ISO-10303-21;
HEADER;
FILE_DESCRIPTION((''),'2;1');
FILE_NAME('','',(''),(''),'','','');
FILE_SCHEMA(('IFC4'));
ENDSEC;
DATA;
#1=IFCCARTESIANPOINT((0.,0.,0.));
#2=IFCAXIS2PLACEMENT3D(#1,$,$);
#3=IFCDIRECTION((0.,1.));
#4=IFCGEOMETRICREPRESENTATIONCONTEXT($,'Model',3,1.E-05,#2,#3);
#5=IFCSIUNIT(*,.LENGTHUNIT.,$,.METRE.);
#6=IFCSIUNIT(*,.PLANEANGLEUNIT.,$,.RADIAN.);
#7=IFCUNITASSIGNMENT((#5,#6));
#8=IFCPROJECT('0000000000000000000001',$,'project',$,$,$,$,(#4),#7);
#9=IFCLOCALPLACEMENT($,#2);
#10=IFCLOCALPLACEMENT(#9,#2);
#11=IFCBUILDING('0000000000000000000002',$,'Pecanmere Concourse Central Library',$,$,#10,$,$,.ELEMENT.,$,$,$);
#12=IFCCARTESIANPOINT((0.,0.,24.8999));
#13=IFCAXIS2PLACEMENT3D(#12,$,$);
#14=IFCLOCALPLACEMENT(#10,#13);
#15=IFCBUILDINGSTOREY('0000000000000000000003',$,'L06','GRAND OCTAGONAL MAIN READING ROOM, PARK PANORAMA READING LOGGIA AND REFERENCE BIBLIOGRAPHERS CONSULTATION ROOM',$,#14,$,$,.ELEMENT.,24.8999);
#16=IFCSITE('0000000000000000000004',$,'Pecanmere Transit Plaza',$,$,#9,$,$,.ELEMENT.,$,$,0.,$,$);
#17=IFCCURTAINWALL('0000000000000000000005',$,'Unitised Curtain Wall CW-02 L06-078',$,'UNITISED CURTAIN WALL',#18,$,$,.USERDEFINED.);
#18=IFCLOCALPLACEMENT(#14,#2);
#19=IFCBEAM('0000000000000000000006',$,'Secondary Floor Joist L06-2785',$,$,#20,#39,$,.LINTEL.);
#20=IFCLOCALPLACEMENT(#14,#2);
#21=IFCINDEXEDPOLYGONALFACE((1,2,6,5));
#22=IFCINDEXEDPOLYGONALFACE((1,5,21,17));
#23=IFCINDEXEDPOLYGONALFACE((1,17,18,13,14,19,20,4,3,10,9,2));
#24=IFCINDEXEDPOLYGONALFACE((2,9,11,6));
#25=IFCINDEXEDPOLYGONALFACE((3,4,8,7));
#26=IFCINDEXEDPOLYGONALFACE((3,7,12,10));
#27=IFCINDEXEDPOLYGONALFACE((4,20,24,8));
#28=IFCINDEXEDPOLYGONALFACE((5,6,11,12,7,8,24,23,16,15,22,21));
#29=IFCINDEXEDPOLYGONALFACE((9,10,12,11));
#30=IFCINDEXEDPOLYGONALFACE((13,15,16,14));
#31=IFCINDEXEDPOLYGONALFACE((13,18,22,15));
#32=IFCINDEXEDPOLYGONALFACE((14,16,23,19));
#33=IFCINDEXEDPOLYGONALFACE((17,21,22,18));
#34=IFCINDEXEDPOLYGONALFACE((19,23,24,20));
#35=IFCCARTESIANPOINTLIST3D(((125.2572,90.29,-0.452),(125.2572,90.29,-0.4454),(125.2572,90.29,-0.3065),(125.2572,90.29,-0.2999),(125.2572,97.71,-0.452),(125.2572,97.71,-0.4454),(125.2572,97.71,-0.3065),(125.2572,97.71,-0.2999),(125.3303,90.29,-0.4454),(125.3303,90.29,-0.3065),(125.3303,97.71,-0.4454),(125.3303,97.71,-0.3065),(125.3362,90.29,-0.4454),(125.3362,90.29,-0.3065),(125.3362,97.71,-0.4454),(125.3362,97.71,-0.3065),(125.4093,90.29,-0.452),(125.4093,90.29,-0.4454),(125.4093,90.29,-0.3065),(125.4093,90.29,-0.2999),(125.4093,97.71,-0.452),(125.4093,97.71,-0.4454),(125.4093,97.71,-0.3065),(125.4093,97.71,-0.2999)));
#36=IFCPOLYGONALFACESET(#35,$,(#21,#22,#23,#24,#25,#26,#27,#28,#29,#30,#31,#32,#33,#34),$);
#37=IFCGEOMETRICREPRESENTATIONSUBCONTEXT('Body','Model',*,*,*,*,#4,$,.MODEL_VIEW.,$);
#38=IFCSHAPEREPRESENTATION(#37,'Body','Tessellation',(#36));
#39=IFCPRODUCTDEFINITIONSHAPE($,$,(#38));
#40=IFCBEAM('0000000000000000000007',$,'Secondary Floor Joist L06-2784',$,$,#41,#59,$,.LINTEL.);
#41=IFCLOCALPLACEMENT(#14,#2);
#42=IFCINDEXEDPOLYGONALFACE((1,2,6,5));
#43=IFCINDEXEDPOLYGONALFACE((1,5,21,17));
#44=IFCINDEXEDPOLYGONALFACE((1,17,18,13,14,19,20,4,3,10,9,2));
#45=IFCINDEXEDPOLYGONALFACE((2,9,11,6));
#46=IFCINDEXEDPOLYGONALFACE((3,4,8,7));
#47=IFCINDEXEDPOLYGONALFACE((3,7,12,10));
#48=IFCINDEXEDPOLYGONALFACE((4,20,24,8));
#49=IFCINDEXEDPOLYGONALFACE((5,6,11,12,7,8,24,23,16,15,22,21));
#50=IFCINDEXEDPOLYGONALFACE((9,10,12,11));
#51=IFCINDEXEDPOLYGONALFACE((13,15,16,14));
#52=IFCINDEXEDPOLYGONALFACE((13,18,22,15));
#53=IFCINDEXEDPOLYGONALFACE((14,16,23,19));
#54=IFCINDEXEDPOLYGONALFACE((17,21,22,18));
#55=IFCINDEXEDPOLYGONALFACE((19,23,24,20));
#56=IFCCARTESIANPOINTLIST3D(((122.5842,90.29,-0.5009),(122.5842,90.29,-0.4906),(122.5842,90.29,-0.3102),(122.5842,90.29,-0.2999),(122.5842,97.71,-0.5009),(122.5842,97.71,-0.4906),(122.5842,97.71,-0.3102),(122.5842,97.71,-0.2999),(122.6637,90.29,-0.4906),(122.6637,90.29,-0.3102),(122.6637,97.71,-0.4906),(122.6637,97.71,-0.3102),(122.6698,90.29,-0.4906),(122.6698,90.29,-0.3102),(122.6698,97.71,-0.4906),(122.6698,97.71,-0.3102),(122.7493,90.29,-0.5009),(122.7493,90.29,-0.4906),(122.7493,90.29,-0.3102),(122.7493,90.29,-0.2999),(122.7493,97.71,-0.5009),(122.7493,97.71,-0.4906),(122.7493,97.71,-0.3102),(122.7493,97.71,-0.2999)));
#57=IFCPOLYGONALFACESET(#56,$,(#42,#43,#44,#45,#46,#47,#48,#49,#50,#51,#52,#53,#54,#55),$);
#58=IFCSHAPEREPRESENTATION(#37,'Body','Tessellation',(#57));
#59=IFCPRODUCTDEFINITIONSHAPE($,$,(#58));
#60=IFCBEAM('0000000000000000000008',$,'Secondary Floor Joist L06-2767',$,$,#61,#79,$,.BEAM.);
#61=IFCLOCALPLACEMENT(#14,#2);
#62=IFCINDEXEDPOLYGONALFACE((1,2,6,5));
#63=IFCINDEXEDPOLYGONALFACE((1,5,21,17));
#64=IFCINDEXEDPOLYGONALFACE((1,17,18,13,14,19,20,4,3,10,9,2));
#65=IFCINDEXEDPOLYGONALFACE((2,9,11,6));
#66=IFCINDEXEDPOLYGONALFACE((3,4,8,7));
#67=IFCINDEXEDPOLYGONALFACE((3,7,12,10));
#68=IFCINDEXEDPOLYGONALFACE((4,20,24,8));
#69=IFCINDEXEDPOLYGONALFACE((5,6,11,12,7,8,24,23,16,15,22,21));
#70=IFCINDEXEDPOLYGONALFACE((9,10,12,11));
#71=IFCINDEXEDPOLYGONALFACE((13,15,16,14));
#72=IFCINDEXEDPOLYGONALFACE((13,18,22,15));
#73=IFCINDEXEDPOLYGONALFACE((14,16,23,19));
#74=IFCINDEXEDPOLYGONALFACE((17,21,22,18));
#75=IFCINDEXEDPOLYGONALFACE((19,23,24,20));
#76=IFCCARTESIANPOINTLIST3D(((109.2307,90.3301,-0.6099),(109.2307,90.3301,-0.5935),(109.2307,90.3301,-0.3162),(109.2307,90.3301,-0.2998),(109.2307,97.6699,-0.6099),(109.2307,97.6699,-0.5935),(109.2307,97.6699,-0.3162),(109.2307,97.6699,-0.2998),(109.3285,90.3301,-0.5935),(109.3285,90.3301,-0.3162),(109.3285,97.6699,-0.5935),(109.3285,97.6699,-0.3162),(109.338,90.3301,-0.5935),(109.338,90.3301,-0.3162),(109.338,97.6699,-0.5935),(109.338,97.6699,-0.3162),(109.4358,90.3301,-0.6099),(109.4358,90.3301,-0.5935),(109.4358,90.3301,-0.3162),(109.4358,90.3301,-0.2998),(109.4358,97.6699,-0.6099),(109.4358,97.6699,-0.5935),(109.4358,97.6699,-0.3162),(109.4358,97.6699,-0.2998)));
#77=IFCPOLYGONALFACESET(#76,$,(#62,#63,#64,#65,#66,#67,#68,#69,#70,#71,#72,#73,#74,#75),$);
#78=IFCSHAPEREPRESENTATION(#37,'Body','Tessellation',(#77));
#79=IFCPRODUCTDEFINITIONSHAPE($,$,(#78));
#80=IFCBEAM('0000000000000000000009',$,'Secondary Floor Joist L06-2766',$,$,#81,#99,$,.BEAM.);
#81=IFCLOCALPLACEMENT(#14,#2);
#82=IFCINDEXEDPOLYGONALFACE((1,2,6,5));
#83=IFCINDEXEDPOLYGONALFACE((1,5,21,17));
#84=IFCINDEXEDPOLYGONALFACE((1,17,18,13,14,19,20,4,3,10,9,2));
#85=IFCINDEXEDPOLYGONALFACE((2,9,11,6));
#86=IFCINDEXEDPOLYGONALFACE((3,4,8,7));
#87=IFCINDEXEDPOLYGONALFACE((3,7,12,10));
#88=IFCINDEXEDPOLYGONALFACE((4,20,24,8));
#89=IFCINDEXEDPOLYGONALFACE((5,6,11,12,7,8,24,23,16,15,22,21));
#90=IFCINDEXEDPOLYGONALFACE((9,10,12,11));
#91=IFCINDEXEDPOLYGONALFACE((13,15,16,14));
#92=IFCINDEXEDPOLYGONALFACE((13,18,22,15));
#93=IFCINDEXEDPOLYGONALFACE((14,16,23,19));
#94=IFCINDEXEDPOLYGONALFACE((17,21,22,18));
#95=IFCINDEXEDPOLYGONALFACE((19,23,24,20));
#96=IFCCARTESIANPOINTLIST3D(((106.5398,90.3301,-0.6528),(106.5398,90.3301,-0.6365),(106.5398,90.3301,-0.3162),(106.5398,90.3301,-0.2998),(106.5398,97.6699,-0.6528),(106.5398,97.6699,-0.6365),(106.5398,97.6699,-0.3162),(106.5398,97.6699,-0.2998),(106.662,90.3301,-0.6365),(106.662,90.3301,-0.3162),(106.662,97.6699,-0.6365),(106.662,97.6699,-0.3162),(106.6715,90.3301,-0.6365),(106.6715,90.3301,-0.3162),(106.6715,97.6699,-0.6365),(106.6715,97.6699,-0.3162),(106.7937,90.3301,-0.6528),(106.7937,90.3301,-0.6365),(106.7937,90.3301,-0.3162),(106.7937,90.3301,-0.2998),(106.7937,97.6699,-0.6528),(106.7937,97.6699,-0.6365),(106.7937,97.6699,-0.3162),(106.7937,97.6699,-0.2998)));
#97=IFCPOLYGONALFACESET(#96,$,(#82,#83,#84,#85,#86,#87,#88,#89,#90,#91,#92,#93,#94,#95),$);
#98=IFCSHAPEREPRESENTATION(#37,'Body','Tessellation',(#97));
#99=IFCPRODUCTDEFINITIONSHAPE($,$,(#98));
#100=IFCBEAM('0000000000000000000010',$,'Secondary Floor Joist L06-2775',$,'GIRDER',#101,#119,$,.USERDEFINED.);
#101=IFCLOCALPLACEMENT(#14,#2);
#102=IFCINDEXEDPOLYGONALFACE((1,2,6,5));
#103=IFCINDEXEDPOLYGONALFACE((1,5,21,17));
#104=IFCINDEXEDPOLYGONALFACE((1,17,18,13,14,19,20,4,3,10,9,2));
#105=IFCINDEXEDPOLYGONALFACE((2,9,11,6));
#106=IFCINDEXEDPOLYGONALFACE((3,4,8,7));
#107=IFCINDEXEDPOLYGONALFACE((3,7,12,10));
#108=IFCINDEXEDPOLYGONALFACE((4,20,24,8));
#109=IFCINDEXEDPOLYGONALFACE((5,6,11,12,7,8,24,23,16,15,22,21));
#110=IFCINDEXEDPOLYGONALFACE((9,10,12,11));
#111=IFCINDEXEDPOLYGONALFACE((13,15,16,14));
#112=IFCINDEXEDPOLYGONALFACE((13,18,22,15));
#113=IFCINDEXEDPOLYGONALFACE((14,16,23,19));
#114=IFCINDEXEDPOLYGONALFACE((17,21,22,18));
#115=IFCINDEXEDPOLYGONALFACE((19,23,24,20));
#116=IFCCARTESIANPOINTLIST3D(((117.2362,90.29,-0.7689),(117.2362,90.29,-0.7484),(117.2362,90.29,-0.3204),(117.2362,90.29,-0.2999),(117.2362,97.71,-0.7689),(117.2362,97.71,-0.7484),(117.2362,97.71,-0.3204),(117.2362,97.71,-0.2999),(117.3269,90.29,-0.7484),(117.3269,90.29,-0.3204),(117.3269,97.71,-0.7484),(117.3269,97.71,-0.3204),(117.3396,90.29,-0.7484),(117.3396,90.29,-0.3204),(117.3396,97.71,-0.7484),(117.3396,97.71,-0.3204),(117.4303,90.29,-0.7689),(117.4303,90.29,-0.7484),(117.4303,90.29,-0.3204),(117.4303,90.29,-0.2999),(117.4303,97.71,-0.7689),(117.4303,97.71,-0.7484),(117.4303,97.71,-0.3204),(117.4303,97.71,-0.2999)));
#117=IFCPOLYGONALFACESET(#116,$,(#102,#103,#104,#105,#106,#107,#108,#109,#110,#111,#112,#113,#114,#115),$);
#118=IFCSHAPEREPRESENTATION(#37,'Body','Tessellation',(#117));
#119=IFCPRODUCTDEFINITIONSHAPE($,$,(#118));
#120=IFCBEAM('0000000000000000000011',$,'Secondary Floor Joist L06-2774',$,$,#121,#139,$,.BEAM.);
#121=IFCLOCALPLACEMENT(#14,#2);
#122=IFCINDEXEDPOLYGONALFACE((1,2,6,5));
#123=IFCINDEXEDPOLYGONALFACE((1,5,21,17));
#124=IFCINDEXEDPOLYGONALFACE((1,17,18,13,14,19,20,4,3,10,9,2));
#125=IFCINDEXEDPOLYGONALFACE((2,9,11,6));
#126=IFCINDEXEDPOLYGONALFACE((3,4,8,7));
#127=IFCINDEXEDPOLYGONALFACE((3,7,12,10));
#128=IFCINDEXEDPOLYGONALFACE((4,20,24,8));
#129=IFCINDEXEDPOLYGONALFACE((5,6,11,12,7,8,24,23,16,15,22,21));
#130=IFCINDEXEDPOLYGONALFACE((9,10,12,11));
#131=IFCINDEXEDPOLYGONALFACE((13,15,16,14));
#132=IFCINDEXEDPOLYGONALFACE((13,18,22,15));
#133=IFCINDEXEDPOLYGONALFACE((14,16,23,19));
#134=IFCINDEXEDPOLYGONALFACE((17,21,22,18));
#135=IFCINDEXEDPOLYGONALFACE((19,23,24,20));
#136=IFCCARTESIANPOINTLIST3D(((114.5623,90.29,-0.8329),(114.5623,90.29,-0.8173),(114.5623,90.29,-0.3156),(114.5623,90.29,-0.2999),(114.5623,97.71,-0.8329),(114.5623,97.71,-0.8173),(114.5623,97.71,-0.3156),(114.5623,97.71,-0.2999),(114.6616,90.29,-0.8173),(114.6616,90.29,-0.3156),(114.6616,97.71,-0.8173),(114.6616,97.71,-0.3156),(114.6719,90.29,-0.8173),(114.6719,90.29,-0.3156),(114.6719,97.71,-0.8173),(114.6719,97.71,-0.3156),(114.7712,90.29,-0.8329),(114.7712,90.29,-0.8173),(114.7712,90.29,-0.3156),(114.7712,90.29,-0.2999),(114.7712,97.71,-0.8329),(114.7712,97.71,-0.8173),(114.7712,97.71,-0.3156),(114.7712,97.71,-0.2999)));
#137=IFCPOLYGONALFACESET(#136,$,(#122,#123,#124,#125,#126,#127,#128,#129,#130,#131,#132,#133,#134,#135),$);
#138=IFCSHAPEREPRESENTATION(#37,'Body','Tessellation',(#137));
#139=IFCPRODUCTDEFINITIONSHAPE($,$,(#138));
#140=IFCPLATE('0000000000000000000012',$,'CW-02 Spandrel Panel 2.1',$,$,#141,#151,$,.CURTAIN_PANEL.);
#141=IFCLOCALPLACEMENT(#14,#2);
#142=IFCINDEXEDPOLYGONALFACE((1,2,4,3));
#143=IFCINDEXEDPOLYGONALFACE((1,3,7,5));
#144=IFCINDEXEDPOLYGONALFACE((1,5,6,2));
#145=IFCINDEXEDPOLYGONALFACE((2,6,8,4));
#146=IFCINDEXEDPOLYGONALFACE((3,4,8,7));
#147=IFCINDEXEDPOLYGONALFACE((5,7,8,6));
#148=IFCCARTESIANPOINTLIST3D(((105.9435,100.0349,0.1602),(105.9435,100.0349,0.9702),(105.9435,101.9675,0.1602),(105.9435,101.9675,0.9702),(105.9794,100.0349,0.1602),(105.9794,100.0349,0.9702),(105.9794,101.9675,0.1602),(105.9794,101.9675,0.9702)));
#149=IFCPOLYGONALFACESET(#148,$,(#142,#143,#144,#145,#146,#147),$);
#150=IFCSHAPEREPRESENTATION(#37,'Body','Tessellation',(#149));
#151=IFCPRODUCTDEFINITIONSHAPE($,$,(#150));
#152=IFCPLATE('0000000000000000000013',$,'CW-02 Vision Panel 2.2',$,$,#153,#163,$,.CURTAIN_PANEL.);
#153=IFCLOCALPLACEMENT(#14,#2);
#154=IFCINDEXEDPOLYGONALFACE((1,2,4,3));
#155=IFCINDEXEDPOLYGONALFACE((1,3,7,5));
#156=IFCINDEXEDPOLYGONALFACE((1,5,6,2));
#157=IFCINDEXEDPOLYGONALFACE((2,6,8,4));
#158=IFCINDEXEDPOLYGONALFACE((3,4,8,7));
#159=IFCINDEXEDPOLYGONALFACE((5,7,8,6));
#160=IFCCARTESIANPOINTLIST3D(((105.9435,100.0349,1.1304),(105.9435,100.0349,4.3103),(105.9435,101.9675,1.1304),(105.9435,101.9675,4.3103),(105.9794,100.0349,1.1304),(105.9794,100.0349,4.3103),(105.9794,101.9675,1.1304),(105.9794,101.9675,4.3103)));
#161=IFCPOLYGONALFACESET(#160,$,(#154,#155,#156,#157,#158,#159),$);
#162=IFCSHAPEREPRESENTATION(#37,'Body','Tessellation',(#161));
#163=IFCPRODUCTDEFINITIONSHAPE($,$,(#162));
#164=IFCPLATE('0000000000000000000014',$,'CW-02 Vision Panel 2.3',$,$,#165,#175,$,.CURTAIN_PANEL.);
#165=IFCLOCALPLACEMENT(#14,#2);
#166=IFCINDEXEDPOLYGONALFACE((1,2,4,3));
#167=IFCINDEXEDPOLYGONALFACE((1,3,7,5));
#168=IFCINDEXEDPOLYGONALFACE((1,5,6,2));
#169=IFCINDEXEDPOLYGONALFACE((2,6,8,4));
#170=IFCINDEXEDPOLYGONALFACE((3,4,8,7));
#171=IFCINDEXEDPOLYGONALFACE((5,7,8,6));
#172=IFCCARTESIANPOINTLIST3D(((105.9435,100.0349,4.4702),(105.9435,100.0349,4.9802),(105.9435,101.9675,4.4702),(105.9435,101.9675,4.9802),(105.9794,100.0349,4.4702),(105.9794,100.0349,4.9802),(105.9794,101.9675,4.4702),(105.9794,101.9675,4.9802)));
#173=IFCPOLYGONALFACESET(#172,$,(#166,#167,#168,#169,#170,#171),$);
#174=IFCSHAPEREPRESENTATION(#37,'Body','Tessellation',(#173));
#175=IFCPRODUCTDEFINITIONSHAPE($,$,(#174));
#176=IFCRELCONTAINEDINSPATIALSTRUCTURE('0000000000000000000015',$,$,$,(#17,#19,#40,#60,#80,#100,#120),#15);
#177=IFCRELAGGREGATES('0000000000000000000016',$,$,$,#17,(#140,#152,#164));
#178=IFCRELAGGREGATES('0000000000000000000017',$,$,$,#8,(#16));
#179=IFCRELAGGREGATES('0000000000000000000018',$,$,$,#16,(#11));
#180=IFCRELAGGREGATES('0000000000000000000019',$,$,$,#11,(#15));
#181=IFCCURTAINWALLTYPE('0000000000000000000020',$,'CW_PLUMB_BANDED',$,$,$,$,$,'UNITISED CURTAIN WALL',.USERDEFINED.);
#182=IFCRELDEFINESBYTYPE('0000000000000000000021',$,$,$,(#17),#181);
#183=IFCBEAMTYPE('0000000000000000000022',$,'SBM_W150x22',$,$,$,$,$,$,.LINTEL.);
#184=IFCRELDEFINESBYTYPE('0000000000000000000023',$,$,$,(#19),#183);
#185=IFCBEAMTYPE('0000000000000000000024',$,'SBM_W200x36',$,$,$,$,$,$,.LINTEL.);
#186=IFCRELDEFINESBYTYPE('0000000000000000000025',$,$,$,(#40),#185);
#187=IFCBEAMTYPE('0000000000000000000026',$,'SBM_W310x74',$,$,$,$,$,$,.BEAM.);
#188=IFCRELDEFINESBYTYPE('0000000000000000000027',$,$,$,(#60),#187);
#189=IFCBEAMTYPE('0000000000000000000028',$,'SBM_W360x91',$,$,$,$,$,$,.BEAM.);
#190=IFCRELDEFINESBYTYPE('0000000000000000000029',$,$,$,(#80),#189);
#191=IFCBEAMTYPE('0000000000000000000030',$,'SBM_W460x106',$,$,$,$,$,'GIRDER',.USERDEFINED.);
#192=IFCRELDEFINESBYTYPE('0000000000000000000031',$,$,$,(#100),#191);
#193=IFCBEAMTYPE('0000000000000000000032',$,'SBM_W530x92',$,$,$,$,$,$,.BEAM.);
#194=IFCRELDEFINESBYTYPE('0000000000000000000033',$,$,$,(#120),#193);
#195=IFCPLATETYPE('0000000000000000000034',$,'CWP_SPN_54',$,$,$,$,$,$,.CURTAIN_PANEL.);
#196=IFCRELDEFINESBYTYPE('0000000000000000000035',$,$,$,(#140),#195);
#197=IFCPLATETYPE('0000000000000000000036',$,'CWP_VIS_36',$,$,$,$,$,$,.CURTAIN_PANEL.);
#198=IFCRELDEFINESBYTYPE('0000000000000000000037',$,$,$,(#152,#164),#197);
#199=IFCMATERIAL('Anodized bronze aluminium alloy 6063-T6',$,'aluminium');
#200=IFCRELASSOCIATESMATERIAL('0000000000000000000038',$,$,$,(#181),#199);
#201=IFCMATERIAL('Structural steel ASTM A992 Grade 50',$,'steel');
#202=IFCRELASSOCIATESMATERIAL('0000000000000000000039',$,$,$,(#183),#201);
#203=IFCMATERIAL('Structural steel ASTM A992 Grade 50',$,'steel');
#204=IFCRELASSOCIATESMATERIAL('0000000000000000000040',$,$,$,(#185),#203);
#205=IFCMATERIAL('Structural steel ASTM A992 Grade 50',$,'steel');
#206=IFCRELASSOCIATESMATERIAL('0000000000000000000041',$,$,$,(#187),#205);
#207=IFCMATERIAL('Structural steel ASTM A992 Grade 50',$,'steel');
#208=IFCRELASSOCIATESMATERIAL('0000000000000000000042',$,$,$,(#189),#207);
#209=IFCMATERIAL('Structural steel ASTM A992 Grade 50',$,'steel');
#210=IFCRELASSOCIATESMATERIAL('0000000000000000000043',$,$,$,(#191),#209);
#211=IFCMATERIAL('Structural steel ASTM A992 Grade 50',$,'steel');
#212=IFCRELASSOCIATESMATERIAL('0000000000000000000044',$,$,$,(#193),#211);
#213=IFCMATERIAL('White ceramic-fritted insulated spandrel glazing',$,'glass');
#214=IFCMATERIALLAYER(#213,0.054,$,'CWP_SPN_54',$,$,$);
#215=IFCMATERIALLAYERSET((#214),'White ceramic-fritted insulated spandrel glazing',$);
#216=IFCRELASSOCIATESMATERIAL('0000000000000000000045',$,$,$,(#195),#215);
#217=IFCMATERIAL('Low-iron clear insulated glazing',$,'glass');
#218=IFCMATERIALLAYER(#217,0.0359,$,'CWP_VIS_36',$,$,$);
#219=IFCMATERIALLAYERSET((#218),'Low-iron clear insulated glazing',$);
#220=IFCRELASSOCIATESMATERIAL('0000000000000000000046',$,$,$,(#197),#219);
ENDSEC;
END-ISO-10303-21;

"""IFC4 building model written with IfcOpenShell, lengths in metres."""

from ifc_helpers import new_model, si_unit, direction, frame, origin, origin_2d, place, context, subcontext, project, spatial, rectangle, i_section, extrude, material, layer, layer_set, material_profile, profile_set, type_object, element, aggregate, save


model = new_model("IFC4")

# Units and contexts
model_context = context("Model", 3, precision=1e-05, world=origin(), true_north=direction((0.0, 1.0)))
body_context = subcontext(model_context, "Body", "Model", "MODEL_VIEW")
ifc_project = project(units=[si_unit("LENGTHUNIT", "METRE"), si_unit("PLANEANGLEUNIT", "RADIAN")], contexts=[model_context])

# Site, building, storey
site_placement = place(None, origin())
site = spatial("IfcSite", under=ifc_project, at=site_placement, Name="Pecanmere Transit Plaza", CompositionType="ELEMENT", RefElevation=0.0)
building_placement = place(site_placement, origin())
building = spatial("IfcBuilding", under=site, at=building_placement, Name="Pecanmere Concourse Central Library", CompositionType="ELEMENT")
storey_placement = place(building_placement, frame((0.0, 0.0, 24.8999)))
storey = spatial("IfcBuildingStorey", under=building, at=storey_placement, Name="L06", Description="GRAND OCTAGONAL MAIN READING ROOM, PARK PANORAMA READING LOGGIA AND REFERENCE BIBLIOGRAPHERS CONSULTATION ROOM", CompositionType="ELEMENT", Elevation=24.8999)

# Curtain wall
ifc_material_1 = material(Name="Anodized bronze aluminium alloy 6063-T6", Category="aluminium")
curtain_wall_type = type_object("IfcCurtainWallType", Name="CW_PLUMB_BANDED", ElementType="UNITISED CURTAIN WALL", PredefinedType="USERDEFINED", material=ifc_material_1)
curtain_wall_placement = place(storey_placement, origin())
curtain_wall = element("IfcCurtainWall", 1, at=curtain_wall_placement, inside=storey, type_object=curtain_wall_type, Name="Unitised Curtain Wall CW-02 L06-078", ObjectType="UNITISED CURTAIN WALL", PredefinedType="USERDEFINED")

# Beams
ifc_material_2 = material(Name="Structural steel ASTM A992 Grade 50", Category="steel")
ifc_material_profile_1 = material_profile(ifc_material_2, i_section(OverallWidth=0.1521, OverallDepth=0.1521, WebThickness=0.0059, FlangeThickness=0.0066, at=origin_2d()), Name="W150x22.5")
ifc_profile_set_1 = profile_set([ifc_material_profile_1], Name="Structural steel ASTM A992 Grade 50")
beam_type_1 = type_object("IfcBeamType", Name="SBM_W150x22", PredefinedType="LINTEL", material=ifc_profile_set_1)
beam_1_placement = place(storey_placement, frame((125.3333, 90.29, -0.376), z_axis=(0.0, 1.0, 0.0), x_axis=(-1.0, 0.0, 0.0)))
element("IfcBeam", 2, at=beam_1_placement, inside=storey, type_object=beam_type_1, Name="Secondary Floor Joist L06-2785", PredefinedType="LINTEL", context=body_context, shape_type="SweptSolid", body=[
    extrude(i_section(OverallWidth=0.1521, OverallDepth=0.1521, WebThickness=0.0059, FlangeThickness=0.0066, at=origin_2d()), origin(), (0.0, 0.0, 1.0), 7.4199),
])
ifc_material_3 = material(Name="Structural steel ASTM A992 Grade 50", Category="steel")
ifc_material_profile_2 = material_profile(ifc_material_3, i_section(OverallWidth=0.165, OverallDepth=0.2009, WebThickness=0.0061, FlangeThickness=0.0103, at=origin_2d()), Name="W200x35.9")
ifc_profile_set_2 = profile_set([ifc_material_profile_2], Name="Structural steel ASTM A992 Grade 50")
beam_type_2 = type_object("IfcBeamType", Name="SBM_W200x36", PredefinedType="LINTEL", material=ifc_profile_set_2)
beam_2_placement = place(storey_placement, frame((122.6667, 90.29, -0.4004), z_axis=(0.0, 1.0, 0.0), x_axis=(-1.0, 0.0, 0.0)))
element("IfcBeam", 3, at=beam_2_placement, inside=storey, type_object=beam_type_2, Name="Secondary Floor Joist L06-2784", PredefinedType="LINTEL", context=body_context, shape_type="SweptSolid", body=[
    extrude(i_section(OverallWidth=0.165, OverallDepth=0.2009, WebThickness=0.0061, FlangeThickness=0.0103, at=origin_2d()), origin(), (0.0, 0.0, 1.0), 7.4199),
])
ifc_material_4 = material(Name="Structural steel ASTM A992 Grade 50", Category="steel")
ifc_material_profile_3 = material_profile(ifc_material_4, i_section(OverallWidth=0.2051, OverallDepth=0.3101, WebThickness=0.0095, FlangeThickness=0.0164, at=origin_2d()), Name="W310x74")
ifc_profile_set_3 = profile_set([ifc_material_profile_3], Name="Structural steel ASTM A992 Grade 50")
beam_type_3 = type_object("IfcBeamType", Name="SBM_W310x74", PredefinedType="BEAM", material=ifc_profile_set_3)
beam_3_placement = place(storey_placement, frame((109.3333, 90.3301, -0.4548), z_axis=(0.0, 1.0, 0.0), x_axis=(-1.0, 0.0, 0.0)))
element("IfcBeam", 4, at=beam_3_placement, inside=storey, type_object=beam_type_3, Name="Secondary Floor Joist L06-2767", PredefinedType="BEAM", context=body_context, shape_type="SweptSolid", body=[
    extrude(i_section(OverallWidth=0.2051, OverallDepth=0.3101, WebThickness=0.0095, FlangeThickness=0.0164, at=origin_2d()), origin(), (0.0, 0.0, 1.0), 7.3398),
])
ifc_material_5 = material(Name="Structural steel ASTM A992 Grade 50", Category="steel")
ifc_material_profile_4 = material_profile(ifc_material_5, i_section(OverallWidth=0.2539, OverallDepth=0.353, WebThickness=0.0095, FlangeThickness=0.0164, at=origin_2d()), Name="W360x91")
ifc_profile_set_4 = profile_set([ifc_material_profile_4], Name="Structural steel ASTM A992 Grade 50")
beam_type_4 = type_object("IfcBeamType", Name="SBM_W360x91", PredefinedType="BEAM", material=ifc_profile_set_4)
beam_4_placement = place(storey_placement, frame((106.6667, 90.3301, -0.4763), z_axis=(0.0, 1.0, 0.0), x_axis=(-1.0, 0.0, 0.0)))
element("IfcBeam", 5, at=beam_4_placement, inside=storey, type_object=beam_type_4, Name="Secondary Floor Joist L06-2766", PredefinedType="BEAM", context=body_context, shape_type="SweptSolid", body=[
    extrude(i_section(OverallWidth=0.2539, OverallDepth=0.353, WebThickness=0.0095, FlangeThickness=0.0164, at=origin_2d()), origin(), (0.0, 0.0, 1.0), 7.3398),
])
ifc_material_6 = material(Name="Structural steel ASTM A992 Grade 50", Category="steel")
ifc_material_profile_5 = material_profile(ifc_material_6, i_section(OverallWidth=0.1941, OverallDepth=0.469, WebThickness=0.0127, FlangeThickness=0.0205, at=origin_2d()), Name="W460x106")
ifc_profile_set_5 = profile_set([ifc_material_profile_5], Name="Structural steel ASTM A992 Grade 50")
beam_type_5 = type_object("IfcBeamType", Name="SBM_W460x106", ElementType="GIRDER", PredefinedType="USERDEFINED", material=ifc_profile_set_5)
beam_5_placement = place(storey_placement, frame((117.3333, 90.29, -0.5344), z_axis=(0.0, 1.0, 0.0), x_axis=(-1.0, 0.0, 0.0)))
element("IfcBeam", 6, at=beam_5_placement, inside=storey, type_object=beam_type_5, Name="Secondary Floor Joist L06-2775", ObjectType="GIRDER", PredefinedType="USERDEFINED", context=body_context, shape_type="SweptSolid", body=[
    extrude(i_section(OverallWidth=0.1941, OverallDepth=0.469, WebThickness=0.0127, FlangeThickness=0.0205, at=origin_2d()), origin(), (0.0, 0.0, 1.0), 7.4199),
])
ifc_material_7 = material(Name="Structural steel ASTM A992 Grade 50", Category="steel")
ifc_material_profile_6 = material_profile(ifc_material_7, i_section(OverallWidth=0.209, OverallDepth=0.533, WebThickness=0.0103, FlangeThickness=0.0156, at=origin_2d()), Name="W530x92")
ifc_profile_set_6 = profile_set([ifc_material_profile_6], Name="Structural steel ASTM A992 Grade 50")
beam_type_6 = type_object("IfcBeamType", Name="SBM_W530x92", PredefinedType="BEAM", material=ifc_profile_set_6)
beam_6_placement = place(storey_placement, frame((114.6667, 90.29, -0.5664), z_axis=(0.0, 1.0, 0.0), x_axis=(-1.0, 0.0, 0.0)))
element("IfcBeam", 7, at=beam_6_placement, inside=storey, type_object=beam_type_6, Name="Secondary Floor Joist L06-2774", PredefinedType="BEAM", context=body_context, shape_type="SweptSolid", body=[
    extrude(i_section(OverallWidth=0.209, OverallDepth=0.533, WebThickness=0.0103, FlangeThickness=0.0156, at=origin_2d()), origin(), (0.0, 0.0, 1.0), 7.4199),
])

# Plates
ifc_material_8 = material(Name="White ceramic-fritted insulated spandrel glazing", Category="glass")
ifc_layer_1 = layer(ifc_material_8, 0.054, Name="CWP_SPN_54")
ifc_layer_set_1 = layer_set([ifc_layer_1], Name="White ceramic-fritted insulated spandrel glazing")
plate_type_1 = type_object("IfcPlateType", Name="CWP_SPN_54", PredefinedType="CURTAIN_PANEL", material=ifc_layer_set_1)
plate_1_placement = place(storey_placement, frame((105.9614, 101.0012, 0.1602), z_axis=(0.0, 0.0, 1.0), x_axis=(0.0, 1.0, 0.0)))
plate_1 = element("IfcPlate", 8, at=plate_1_placement, type_object=plate_type_1, Name="CW-02 Spandrel Panel 2.1", PredefinedType="CURTAIN_PANEL", context=body_context, shape_type="SweptSolid", body=[
    extrude(rectangle(XDim=1.9326, YDim=0.0359, at=origin_2d()), origin(), (0.0, 0.0, 1.0), 0.8101),
])
ifc_material_9 = material(Name="Low-iron clear insulated glazing", Category="glass")
ifc_layer_2 = layer(ifc_material_9, 0.0359, Name="CWP_VIS_36")
ifc_layer_set_2 = layer_set([ifc_layer_2], Name="Low-iron clear insulated glazing")
plate_type_2 = type_object("IfcPlateType", Name="CWP_VIS_36", PredefinedType="CURTAIN_PANEL", material=ifc_layer_set_2)
plate_2_placement = place(storey_placement, frame((105.9614, 101.0012, 1.1304), z_axis=(0.0, 0.0, 1.0), x_axis=(0.0, 1.0, 0.0)))
plate_2 = element("IfcPlate", 9, at=plate_2_placement, type_object=plate_type_2, Name="CW-02 Vision Panel 2.2", PredefinedType="CURTAIN_PANEL", context=body_context, shape_type="SweptSolid", body=[
    extrude(rectangle(XDim=1.9326, YDim=0.0359, at=origin_2d()), origin(), (0.0, 0.0, 1.0), 3.1799),
])
plate_3_placement = place(storey_placement, frame((105.9614, 101.0012, 4.4702), z_axis=(0.0, 0.0, 1.0), x_axis=(0.0, 1.0, 0.0)))
plate_3 = element("IfcPlate", 10, at=plate_3_placement, type_object=plate_type_2, Name="CW-02 Vision Panel 2.3", PredefinedType="CURTAIN_PANEL", context=body_context, shape_type="SweptSolid", body=[
    extrude(rectangle(XDim=1.9326, YDim=0.0359, at=origin_2d()), origin(), (0.0, 0.0, 1.0), 0.51),
])
aggregate(curtain_wall, [plate_1, plate_2, plate_3])

save(model, "model.ifc")
